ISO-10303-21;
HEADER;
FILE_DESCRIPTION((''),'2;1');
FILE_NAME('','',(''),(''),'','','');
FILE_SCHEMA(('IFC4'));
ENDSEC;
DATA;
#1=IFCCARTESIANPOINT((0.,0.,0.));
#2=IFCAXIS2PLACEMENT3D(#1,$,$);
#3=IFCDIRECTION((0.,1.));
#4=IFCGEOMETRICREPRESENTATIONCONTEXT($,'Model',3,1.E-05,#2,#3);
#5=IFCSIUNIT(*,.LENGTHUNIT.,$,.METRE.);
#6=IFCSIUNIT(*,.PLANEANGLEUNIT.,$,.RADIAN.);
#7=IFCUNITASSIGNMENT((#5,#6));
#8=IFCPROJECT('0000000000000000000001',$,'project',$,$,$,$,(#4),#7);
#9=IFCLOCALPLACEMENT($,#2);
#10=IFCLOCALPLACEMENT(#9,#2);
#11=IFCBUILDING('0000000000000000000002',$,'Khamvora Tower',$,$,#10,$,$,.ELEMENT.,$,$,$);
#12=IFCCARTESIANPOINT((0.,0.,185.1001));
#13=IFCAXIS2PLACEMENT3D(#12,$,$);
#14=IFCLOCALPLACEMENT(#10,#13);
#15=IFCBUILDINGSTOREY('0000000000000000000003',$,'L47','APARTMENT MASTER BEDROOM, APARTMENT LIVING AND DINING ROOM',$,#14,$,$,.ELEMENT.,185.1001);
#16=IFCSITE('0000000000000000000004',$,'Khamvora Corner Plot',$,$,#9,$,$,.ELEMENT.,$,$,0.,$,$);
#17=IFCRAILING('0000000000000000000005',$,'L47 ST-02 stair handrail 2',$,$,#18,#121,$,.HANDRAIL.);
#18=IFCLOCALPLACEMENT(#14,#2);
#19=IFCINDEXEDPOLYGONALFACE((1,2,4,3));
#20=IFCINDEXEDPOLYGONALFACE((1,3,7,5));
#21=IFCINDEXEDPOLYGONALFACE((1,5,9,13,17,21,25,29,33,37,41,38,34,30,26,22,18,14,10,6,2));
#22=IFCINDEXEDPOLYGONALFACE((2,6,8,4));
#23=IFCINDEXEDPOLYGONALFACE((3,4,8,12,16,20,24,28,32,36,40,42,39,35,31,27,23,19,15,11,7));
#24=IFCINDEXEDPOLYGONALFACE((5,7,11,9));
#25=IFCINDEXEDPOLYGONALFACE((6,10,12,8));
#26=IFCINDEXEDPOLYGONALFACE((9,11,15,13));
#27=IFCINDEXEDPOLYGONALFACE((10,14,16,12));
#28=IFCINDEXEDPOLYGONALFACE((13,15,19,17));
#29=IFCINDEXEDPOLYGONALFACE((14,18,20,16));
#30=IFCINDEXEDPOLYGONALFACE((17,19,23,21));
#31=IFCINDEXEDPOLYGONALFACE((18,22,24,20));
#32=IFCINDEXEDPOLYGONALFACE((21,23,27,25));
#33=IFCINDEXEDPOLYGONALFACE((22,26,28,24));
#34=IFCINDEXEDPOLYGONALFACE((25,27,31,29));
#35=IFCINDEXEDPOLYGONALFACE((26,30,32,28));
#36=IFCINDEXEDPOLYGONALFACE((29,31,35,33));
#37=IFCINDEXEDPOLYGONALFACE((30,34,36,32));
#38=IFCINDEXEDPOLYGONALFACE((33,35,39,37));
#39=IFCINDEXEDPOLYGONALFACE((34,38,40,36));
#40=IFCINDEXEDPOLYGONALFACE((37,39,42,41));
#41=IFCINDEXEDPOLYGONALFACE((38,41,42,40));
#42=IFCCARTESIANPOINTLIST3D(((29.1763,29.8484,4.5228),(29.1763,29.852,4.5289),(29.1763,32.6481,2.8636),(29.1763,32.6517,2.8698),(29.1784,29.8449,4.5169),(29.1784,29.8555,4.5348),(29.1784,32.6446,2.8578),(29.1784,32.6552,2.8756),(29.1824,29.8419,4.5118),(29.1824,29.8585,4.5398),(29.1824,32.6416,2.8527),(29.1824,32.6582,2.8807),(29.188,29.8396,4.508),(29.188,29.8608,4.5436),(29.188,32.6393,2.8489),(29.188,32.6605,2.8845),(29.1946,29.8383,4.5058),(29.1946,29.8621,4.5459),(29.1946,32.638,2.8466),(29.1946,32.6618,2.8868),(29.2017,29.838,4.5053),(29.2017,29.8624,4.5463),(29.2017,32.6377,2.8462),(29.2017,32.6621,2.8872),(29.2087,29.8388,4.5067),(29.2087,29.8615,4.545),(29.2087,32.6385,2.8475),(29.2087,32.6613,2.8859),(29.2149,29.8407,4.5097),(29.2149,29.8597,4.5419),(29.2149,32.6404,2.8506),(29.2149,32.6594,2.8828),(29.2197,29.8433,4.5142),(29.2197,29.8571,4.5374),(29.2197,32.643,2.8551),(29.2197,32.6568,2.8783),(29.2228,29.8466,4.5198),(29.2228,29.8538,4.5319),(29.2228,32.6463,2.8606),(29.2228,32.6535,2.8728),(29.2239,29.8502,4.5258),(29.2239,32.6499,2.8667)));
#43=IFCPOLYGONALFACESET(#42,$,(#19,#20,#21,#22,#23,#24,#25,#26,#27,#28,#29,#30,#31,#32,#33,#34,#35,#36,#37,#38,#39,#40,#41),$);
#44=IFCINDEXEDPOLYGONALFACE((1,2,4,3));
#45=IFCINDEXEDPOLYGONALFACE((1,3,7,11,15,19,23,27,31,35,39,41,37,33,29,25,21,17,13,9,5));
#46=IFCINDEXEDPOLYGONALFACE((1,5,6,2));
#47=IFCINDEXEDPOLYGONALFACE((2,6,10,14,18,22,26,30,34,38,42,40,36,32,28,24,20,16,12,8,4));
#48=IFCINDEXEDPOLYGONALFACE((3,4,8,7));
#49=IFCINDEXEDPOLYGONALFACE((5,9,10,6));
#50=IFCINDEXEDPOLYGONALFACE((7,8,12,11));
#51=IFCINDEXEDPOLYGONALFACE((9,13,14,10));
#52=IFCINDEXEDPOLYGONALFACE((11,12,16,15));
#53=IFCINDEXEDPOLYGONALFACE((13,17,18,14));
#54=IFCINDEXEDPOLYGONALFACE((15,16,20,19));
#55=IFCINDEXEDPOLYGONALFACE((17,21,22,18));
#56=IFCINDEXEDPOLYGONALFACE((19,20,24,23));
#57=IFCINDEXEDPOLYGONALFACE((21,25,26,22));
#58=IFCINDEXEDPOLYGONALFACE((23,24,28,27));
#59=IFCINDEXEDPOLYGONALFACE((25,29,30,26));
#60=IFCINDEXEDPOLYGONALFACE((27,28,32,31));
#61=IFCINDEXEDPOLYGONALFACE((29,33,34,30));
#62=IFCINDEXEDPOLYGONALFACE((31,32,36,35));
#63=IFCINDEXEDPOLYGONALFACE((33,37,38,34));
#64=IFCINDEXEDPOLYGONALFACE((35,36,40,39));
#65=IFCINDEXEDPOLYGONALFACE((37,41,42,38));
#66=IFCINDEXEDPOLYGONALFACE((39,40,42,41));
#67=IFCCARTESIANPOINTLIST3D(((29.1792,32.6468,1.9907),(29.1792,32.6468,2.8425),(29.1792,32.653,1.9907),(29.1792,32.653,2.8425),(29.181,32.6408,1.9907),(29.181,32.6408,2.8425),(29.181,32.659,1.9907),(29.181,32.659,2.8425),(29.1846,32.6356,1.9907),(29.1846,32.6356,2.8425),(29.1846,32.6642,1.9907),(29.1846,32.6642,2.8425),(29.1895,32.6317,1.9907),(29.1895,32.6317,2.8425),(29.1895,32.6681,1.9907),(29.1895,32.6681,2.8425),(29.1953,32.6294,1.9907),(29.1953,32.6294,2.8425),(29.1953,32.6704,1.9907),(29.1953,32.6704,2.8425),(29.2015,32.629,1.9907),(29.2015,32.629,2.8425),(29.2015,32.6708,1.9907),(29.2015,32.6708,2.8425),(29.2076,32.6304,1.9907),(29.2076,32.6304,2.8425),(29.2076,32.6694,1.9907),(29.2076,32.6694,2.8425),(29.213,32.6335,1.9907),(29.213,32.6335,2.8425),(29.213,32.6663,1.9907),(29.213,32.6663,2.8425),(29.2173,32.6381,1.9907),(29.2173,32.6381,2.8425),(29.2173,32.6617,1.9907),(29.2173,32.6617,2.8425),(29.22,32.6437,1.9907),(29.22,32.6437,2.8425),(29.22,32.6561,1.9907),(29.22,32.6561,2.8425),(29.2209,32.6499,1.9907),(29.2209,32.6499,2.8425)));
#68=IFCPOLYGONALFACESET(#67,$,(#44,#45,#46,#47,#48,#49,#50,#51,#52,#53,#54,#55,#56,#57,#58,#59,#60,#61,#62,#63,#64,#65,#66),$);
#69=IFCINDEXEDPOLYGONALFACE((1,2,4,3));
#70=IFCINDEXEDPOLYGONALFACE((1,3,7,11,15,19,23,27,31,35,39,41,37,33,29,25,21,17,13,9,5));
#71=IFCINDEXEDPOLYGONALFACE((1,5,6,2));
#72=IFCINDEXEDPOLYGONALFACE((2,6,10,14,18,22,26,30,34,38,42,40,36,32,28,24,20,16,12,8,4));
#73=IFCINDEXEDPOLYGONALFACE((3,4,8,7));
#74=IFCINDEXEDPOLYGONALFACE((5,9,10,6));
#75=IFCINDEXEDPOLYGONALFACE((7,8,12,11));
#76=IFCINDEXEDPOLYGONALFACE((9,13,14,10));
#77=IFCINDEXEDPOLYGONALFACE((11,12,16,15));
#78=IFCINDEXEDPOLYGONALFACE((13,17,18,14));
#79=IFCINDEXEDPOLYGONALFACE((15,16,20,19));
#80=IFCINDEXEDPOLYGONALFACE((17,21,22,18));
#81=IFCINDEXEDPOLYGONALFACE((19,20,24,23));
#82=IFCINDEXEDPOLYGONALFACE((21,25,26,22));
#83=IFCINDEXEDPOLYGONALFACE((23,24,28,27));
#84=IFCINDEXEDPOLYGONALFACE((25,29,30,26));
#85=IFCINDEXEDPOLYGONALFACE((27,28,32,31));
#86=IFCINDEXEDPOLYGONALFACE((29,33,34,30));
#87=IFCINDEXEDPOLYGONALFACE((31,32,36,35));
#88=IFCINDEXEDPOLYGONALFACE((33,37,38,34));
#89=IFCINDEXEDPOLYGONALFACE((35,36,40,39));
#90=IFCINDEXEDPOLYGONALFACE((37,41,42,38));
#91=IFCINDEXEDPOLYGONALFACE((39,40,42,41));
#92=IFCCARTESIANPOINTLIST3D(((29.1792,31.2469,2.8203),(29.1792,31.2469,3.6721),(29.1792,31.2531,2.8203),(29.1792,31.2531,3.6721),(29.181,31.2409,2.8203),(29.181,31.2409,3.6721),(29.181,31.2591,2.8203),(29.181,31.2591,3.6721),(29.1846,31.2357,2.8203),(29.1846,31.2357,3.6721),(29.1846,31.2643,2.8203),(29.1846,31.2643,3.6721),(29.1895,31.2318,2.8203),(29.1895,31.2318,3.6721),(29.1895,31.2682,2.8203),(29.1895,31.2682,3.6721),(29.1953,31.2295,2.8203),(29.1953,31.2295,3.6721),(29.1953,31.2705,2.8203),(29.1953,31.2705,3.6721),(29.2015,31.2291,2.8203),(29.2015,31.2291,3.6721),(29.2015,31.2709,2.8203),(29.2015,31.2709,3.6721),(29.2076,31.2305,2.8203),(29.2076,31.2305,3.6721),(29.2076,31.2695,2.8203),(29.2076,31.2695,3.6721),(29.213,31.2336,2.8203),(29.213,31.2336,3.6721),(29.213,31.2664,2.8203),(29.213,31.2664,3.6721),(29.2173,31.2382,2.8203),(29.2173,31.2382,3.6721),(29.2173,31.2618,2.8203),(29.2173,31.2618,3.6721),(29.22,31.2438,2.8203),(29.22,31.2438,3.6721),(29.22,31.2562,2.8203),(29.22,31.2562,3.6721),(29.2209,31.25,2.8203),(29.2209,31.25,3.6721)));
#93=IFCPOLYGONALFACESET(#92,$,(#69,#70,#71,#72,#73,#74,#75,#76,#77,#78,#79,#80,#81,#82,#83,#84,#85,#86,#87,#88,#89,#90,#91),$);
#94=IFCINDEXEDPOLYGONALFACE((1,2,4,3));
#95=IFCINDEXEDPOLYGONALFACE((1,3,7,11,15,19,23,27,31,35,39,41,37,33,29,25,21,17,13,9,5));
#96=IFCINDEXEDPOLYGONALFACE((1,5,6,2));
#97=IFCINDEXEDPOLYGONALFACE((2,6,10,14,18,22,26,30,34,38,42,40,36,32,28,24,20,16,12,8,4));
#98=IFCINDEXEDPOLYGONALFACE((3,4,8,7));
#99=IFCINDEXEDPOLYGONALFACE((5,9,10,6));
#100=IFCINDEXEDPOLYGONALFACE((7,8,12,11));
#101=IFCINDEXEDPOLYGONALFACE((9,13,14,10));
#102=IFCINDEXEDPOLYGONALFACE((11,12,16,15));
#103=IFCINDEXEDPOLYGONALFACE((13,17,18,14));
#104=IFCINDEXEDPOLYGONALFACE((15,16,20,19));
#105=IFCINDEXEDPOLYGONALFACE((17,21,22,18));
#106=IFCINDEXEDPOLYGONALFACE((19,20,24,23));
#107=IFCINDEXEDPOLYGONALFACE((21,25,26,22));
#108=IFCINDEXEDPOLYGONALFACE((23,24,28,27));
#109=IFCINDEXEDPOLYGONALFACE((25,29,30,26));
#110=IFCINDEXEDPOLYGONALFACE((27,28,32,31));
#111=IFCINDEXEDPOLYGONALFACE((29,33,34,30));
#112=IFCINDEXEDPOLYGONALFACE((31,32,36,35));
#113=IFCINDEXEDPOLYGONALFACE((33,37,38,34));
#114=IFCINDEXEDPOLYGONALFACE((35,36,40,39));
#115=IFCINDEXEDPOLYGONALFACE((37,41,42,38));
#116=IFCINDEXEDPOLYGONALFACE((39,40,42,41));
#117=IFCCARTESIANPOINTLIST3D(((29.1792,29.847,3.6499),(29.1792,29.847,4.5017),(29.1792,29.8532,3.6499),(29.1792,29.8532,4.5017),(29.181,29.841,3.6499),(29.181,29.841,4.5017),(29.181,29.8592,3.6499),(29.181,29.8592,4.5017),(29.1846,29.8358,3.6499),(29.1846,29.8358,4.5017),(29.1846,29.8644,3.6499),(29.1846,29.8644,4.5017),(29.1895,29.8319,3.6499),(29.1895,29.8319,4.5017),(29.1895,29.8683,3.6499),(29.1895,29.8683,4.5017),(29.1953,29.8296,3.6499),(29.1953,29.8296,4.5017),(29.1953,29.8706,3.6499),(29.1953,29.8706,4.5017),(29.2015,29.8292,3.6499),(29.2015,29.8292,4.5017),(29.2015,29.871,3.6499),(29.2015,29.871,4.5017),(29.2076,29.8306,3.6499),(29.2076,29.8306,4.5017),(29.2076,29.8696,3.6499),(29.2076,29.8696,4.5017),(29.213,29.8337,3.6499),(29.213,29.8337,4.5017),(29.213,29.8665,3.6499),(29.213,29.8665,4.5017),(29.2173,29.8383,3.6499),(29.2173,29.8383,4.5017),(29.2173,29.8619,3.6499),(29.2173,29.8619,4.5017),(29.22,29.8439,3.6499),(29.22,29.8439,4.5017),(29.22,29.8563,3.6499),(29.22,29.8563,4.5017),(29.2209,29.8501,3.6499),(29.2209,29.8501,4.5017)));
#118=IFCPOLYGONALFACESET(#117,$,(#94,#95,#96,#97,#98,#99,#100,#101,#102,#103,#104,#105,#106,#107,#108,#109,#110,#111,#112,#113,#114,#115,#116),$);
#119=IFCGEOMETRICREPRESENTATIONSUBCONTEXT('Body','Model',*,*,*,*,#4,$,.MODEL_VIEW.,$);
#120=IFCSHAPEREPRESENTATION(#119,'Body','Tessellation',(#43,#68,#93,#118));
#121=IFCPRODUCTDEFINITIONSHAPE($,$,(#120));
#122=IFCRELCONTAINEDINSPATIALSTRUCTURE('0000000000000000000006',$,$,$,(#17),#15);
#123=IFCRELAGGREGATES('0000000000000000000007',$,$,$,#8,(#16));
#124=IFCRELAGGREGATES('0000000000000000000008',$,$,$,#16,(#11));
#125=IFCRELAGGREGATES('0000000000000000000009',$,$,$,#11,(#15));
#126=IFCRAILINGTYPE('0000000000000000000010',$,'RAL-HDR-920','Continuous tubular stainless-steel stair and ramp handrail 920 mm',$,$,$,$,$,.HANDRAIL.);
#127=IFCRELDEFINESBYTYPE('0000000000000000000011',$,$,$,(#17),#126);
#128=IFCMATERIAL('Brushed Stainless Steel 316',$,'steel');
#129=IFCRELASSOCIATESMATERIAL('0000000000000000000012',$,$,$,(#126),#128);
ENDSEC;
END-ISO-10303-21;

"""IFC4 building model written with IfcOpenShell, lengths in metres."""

from ifc_helpers import new_model, si_unit, direction, frame, origin, origin_2d, place, context, subcontext, project, spatial, circle, extrude, material, type_object, element, save


model = new_model("IFC4")

# Units and contexts
model_context = context("Model", 3, precision=1e-05, world=origin(), true_north=direction((0.0, 1.0)))
body_context = subcontext(model_context, "Body", "Model", "MODEL_VIEW")
ifc_project = project(units=[si_unit("LENGTHUNIT", "METRE"), si_unit("PLANEANGLEUNIT", "RADIAN")], contexts=[model_context])

# Site, building, storey
site_placement = place(None, origin())
site = spatial("IfcSite", under=ifc_project, at=site_placement, Name="Khamvora Corner Plot", CompositionType="ELEMENT", RefElevation=0.0)
building_placement = place(site_placement, origin())
building = spatial("IfcBuilding", under=site, at=building_placement, Name="Khamvora Tower", CompositionType="ELEMENT")
storey_placement = place(building_placement, frame((0.0, 0.0, 185.1001)))
storey = spatial("IfcBuildingStorey", under=building, at=storey_placement, Name="L47", Description="APARTMENT MASTER BEDROOM, APARTMENT LIVING AND DINING ROOM", CompositionType="ELEMENT", Elevation=185.1001)

# Railing
ifc_material_1 = material(Name="Brushed Stainless Steel 316", Category="steel")
railing_type_1 = type_object("IfcRailingType", Name="RAL-HDR-920", Description="Continuous tubular stainless-steel stair and ramp handrail 920 mm", PredefinedType="HANDRAIL", material=ifc_material_1)
railing_1_placement = place(storey_placement, frame((29.2, 32.6499, 1.9907)))
element("IfcRailing", 1, at=railing_1_placement, inside=storey, type_object=railing_type_1, Name="L47 ST-02 stair handrail 2", PredefinedType="HANDRAIL", context=body_context, shape_type="SweptSolid", body=[
    extrude(circle(Radius=0.0239, at=origin_2d()), frame((0.0, 0.0, 0.876), z_axis=(0.0, -0.860287, 0.509811), x_axis=(1.0, 0.0, 0.0)), (0.0, 0.0, 1.0), 3.2544),
    extrude(circle(Radius=0.021, at=origin_2d()), origin(), (0.0, 0.0, 1.0), 0.8518),
    extrude(circle(Radius=0.021, at=origin_2d()), frame((0.0, -1.3999, 0.8296)), (0.0, 0.0, 1.0), 0.8518),
    extrude(circle(Radius=0.021, at=origin_2d()), frame((0.0, -2.7998, 1.6592)), (0.0, 0.0, 1.0), 0.8518),
])

save(model, "model.ifc")
